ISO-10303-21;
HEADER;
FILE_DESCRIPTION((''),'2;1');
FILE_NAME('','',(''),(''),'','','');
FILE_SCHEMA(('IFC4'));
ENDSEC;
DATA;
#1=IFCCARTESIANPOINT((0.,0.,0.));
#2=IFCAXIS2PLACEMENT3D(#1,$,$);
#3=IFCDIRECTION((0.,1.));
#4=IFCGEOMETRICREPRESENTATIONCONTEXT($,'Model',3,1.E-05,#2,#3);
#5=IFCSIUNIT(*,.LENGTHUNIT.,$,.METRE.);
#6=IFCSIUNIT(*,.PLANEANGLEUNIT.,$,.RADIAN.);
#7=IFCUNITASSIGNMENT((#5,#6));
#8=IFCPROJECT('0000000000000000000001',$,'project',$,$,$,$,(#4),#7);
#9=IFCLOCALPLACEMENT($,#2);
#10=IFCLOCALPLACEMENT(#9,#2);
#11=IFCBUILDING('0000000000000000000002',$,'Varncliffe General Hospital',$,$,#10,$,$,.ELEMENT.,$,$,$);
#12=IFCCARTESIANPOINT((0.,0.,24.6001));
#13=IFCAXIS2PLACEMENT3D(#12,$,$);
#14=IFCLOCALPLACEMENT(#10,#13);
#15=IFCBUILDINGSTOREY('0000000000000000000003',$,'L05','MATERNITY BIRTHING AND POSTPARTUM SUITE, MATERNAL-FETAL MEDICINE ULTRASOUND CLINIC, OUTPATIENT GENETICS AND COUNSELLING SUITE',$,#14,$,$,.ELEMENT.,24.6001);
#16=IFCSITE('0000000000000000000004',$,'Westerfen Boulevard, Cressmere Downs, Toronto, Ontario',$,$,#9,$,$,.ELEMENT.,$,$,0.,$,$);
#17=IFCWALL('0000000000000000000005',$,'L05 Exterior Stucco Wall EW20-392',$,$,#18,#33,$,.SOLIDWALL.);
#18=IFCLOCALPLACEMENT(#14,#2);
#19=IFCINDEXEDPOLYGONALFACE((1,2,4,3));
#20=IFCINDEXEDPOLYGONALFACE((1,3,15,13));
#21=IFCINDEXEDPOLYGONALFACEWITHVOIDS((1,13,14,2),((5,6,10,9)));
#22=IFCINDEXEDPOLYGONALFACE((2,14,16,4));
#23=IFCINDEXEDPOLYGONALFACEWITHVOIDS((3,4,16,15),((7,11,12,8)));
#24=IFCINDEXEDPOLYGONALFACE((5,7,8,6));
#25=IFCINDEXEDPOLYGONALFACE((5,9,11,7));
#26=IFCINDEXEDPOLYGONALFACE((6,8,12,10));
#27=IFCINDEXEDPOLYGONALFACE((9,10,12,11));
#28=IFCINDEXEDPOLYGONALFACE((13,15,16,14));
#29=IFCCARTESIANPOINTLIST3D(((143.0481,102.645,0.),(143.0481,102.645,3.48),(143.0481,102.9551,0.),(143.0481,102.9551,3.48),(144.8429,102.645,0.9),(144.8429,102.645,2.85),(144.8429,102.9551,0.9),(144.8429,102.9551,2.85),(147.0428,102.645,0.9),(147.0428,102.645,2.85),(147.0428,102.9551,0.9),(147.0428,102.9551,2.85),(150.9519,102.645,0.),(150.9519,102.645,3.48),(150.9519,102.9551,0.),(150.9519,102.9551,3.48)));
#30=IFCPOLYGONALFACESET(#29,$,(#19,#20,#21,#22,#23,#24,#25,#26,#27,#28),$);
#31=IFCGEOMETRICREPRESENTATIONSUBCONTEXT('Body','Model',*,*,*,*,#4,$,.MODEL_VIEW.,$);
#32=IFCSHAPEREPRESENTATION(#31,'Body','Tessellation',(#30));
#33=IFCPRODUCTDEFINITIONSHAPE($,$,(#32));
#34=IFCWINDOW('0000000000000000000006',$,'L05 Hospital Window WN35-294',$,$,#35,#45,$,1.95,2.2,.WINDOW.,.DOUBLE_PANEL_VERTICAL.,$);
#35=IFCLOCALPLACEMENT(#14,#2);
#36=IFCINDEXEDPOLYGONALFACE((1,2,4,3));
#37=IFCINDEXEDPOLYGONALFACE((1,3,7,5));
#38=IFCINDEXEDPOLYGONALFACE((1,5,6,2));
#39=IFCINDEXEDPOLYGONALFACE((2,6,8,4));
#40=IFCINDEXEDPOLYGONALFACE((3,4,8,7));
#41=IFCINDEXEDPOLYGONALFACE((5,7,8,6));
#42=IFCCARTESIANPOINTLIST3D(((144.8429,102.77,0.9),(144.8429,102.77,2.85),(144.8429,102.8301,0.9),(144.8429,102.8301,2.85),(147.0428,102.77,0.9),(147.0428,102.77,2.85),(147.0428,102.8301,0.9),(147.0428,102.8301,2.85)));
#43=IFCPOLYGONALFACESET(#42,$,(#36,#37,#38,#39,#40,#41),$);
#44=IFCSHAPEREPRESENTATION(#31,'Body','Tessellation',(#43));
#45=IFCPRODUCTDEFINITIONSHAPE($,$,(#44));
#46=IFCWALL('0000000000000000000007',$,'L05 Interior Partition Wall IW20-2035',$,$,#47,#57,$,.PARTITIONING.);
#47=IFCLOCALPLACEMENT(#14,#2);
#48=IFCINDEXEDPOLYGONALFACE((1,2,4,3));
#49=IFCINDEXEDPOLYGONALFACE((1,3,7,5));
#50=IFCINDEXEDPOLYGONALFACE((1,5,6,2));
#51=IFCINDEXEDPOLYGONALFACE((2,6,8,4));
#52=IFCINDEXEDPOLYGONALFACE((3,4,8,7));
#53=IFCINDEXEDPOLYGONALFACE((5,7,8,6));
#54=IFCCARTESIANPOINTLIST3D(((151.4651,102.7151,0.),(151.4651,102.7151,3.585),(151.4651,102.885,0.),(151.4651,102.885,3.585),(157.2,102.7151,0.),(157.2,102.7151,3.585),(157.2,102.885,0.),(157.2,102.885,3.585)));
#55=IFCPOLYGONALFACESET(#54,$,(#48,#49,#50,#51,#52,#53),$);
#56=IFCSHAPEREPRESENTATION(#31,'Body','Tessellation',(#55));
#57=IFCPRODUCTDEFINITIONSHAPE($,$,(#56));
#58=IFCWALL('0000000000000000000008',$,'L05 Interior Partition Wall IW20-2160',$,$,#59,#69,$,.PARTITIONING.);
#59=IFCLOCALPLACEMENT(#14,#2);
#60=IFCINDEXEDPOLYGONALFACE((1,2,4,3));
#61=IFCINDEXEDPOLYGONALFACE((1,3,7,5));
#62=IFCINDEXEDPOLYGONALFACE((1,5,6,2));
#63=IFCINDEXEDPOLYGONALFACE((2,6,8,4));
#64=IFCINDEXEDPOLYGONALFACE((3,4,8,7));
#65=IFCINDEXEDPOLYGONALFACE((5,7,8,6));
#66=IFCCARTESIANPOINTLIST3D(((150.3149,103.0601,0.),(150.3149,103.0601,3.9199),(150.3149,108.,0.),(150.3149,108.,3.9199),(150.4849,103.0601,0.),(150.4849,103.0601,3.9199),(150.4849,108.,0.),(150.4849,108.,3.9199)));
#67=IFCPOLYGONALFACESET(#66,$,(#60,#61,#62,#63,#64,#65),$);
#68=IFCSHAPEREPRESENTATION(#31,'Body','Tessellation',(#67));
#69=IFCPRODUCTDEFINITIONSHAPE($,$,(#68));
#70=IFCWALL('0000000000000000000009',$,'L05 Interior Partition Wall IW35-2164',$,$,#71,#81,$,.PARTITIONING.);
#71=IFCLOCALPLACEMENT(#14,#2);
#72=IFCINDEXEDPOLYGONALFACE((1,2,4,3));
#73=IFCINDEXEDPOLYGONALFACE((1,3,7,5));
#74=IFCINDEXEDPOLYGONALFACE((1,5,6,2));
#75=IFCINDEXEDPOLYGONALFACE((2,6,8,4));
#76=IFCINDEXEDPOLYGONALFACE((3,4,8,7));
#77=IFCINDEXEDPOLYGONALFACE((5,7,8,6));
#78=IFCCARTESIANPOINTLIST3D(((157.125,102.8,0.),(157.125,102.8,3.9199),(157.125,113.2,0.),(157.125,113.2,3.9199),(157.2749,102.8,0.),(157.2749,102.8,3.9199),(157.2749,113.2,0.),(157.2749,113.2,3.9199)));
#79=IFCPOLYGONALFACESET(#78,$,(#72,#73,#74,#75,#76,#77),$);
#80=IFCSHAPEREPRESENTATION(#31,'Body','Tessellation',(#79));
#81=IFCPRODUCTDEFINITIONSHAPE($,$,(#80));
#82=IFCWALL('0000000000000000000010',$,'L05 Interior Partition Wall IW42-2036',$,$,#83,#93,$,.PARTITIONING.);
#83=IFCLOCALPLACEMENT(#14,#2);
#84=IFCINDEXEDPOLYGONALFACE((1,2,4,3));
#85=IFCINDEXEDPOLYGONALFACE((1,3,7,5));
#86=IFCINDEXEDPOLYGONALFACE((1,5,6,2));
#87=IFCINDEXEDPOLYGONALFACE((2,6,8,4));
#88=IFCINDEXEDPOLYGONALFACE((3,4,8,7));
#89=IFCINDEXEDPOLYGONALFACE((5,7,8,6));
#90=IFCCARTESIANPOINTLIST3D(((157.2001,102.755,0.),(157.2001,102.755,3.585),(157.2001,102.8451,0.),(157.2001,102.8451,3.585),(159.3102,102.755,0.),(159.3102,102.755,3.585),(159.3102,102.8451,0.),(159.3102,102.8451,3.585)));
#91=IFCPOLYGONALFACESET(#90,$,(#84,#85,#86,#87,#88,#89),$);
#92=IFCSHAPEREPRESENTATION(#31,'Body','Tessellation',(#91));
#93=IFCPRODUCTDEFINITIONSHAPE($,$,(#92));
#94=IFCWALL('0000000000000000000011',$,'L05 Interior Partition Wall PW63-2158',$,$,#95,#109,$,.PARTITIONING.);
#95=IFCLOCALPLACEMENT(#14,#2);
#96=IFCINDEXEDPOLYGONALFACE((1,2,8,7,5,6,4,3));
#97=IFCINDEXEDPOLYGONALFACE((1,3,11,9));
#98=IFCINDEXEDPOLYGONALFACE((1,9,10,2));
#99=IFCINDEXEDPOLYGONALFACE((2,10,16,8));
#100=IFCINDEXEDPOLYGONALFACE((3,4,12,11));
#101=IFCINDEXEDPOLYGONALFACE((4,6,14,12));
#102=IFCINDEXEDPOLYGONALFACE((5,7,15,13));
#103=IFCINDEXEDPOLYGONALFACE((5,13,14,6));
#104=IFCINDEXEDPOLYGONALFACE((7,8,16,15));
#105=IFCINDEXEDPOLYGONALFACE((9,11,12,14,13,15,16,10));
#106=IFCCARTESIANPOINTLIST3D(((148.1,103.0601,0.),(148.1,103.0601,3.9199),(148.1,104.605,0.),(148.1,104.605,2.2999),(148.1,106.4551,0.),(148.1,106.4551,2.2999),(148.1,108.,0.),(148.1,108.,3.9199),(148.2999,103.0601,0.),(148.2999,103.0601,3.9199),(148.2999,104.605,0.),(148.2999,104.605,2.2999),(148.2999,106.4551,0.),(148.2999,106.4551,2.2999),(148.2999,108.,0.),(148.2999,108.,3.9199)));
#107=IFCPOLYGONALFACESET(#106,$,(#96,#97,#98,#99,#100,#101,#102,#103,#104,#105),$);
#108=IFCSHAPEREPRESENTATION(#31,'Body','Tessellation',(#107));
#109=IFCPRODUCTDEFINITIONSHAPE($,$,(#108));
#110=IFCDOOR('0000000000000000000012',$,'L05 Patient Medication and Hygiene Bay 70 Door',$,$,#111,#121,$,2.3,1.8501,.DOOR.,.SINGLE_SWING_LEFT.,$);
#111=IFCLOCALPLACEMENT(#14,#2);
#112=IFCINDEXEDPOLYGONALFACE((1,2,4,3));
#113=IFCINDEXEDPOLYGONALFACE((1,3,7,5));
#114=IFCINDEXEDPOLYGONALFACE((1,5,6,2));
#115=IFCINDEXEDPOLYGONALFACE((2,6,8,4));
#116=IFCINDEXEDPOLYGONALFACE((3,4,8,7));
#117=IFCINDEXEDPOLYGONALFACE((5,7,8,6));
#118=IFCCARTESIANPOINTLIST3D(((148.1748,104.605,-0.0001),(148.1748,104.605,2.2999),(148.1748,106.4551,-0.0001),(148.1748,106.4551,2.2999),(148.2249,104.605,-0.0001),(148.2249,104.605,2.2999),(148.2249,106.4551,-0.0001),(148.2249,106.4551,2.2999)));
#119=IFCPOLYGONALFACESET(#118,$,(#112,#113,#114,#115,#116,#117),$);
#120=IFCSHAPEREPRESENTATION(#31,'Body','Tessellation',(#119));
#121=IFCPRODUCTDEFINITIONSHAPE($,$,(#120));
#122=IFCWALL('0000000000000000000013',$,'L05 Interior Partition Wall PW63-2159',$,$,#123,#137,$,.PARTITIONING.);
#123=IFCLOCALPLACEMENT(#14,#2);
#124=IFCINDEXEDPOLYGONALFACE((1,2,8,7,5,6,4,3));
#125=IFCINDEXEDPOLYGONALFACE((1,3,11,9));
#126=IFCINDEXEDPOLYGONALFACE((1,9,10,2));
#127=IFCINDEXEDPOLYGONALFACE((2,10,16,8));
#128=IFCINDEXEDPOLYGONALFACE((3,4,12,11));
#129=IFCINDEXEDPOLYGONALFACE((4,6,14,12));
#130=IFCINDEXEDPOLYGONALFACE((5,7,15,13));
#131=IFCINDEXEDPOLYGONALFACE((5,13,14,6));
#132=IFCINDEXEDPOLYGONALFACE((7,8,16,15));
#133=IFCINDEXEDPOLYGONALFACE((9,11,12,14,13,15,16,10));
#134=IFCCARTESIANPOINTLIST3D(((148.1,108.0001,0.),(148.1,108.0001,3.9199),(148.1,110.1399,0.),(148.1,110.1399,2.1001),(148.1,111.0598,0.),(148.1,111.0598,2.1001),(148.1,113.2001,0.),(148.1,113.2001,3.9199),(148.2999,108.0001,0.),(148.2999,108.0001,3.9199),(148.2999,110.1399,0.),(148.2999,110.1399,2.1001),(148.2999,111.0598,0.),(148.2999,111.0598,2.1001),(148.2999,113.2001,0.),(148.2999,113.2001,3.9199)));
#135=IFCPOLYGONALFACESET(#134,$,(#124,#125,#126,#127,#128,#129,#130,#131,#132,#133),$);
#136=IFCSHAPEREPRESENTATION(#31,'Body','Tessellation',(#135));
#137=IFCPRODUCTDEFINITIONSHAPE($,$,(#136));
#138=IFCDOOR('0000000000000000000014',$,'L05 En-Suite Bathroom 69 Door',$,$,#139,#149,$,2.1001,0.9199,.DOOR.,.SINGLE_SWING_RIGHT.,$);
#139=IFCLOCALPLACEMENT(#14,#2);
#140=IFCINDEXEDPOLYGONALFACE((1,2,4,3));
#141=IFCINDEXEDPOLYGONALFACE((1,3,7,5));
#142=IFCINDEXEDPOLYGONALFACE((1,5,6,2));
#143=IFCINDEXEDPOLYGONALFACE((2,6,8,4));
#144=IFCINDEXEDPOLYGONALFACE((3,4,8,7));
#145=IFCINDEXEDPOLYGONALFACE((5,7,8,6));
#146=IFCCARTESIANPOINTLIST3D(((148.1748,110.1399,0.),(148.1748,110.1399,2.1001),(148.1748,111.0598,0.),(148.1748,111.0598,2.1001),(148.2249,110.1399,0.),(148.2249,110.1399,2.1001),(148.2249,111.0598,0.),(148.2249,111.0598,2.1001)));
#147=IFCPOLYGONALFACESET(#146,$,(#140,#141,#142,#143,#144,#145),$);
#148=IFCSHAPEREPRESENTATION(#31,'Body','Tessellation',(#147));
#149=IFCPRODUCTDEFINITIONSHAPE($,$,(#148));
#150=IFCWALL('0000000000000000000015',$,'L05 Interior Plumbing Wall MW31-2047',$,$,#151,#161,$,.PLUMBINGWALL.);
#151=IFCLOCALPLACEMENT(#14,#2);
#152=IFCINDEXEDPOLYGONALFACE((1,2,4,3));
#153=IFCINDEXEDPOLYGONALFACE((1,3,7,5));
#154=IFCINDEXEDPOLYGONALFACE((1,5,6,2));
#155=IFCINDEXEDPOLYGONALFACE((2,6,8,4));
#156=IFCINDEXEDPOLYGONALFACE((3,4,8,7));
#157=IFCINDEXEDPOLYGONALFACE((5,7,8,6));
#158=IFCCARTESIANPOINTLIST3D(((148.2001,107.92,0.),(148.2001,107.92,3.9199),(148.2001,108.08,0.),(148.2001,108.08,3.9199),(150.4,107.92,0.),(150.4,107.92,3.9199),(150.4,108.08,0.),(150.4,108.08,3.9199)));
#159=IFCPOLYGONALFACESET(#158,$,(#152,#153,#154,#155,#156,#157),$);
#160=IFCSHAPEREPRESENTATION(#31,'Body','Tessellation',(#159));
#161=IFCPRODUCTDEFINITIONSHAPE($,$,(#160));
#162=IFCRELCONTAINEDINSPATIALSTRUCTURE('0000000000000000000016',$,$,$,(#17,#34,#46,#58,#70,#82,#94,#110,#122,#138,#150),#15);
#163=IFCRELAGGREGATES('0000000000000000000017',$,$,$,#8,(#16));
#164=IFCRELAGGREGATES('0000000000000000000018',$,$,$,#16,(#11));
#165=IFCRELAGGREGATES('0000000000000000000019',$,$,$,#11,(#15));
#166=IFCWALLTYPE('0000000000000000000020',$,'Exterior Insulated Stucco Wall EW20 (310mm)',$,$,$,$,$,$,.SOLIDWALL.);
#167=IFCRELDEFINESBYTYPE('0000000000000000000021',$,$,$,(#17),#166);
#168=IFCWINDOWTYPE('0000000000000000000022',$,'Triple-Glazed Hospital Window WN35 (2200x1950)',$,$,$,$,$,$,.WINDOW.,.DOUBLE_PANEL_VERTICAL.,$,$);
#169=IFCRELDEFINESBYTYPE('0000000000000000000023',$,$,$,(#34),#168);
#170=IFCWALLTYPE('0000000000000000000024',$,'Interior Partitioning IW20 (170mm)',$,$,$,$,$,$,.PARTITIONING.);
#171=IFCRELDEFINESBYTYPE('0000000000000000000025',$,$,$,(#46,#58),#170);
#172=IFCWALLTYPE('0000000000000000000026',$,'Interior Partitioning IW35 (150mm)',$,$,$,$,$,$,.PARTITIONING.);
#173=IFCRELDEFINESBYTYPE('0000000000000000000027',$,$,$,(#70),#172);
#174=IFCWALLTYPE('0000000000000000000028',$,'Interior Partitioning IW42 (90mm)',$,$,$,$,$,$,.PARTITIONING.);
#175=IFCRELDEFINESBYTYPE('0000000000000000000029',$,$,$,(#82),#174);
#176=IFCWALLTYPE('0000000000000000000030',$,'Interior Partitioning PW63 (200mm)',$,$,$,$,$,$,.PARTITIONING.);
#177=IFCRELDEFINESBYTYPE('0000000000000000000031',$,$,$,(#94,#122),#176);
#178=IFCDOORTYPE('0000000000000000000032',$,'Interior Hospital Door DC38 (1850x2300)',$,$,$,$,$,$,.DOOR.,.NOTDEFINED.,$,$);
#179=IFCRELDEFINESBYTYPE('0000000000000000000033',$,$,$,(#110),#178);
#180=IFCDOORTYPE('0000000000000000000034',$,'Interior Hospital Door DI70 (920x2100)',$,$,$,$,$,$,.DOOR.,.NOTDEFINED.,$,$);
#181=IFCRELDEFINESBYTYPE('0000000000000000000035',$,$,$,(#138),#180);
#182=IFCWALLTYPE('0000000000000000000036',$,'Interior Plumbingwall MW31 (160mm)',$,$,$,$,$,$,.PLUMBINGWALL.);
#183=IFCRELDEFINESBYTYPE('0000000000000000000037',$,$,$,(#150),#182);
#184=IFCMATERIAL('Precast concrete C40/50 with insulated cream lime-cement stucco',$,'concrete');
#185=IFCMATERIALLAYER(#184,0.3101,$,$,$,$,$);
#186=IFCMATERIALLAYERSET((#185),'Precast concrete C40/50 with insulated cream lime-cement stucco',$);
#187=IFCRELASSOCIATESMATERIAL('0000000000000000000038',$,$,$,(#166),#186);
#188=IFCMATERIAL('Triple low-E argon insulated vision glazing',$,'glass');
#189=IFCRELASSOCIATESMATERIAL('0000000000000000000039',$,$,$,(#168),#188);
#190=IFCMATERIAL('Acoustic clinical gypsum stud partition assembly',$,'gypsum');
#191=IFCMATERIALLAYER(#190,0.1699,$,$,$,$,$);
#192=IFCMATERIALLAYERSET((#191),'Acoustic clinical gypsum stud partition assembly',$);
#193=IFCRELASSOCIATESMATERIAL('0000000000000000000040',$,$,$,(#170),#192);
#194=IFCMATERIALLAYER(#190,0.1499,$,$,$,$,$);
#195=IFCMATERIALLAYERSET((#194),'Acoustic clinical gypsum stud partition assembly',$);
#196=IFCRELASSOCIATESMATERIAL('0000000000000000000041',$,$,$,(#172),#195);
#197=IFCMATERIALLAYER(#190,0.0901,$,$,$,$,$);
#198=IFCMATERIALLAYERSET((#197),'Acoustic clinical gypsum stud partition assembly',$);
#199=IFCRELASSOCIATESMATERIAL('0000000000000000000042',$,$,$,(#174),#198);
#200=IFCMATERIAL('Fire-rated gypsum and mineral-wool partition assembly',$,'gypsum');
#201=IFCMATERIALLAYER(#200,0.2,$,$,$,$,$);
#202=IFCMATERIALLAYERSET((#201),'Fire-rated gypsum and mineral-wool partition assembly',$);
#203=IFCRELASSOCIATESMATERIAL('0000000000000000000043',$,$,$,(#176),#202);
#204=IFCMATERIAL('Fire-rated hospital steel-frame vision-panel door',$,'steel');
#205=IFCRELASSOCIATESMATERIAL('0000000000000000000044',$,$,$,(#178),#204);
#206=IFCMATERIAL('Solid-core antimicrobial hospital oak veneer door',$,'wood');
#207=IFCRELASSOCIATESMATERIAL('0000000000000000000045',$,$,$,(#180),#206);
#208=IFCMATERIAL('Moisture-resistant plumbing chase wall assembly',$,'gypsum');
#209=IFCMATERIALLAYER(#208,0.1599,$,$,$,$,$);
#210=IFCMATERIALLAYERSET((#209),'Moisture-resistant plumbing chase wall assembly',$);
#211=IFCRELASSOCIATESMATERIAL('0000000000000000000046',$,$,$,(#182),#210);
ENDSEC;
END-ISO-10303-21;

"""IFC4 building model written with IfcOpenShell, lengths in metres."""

from ifc_helpers import new_model, si_unit, direction, frame, frame_2d, origin, place, context, subcontext, project, spatial, rectangle, extrude, material, layer, layer_set, type_object, element, fill, save


model = new_model("IFC4")

# Units and contexts
model_context = context("Model", 3, precision=1e-05, world=origin(), true_north=direction((0.0, 1.0)))
body_context = subcontext(model_context, "Body", "Model", "MODEL_VIEW")
ifc_project = project(units=[si_unit("LENGTHUNIT", "METRE"), si_unit("PLANEANGLEUNIT", "RADIAN")], contexts=[model_context])

# Site, building, storey
site_placement = place(None, origin())
site = spatial("IfcSite", under=ifc_project, at=site_placement, Name="Westerfen Boulevard, Cressmere Downs, Toronto, Ontario", CompositionType="ELEMENT", RefElevation=0.0)
building_placement = place(site_placement, origin())
building = spatial("IfcBuilding", under=site, at=building_placement, Name="Varncliffe General Hospital", CompositionType="ELEMENT")
storey_placement = place(building_placement, frame((0.0, 0.0, 24.6001)))
storey = spatial("IfcBuildingStorey", under=building, at=storey_placement, Name="L05", Description="MATERNITY BIRTHING AND POSTPARTUM SUITE, MATERNAL-FETAL MEDICINE ULTRASOUND CLINIC, OUTPATIENT GENETICS AND COUNSELLING SUITE", CompositionType="ELEMENT", Elevation=24.6001)

# Wall, opening, window
ifc_material_1 = material(Name="Precast concrete C40/50 with insulated cream lime-cement stucco", Category="concrete")
ifc_layer_1 = layer(ifc_material_1, 0.3101)
ifc_layer_set_1 = layer_set([ifc_layer_1], Name="Precast concrete C40/50 with insulated cream lime-cement stucco")
wall_type_1 = type_object("IfcWallType", Name="Exterior Insulated Stucco Wall EW20 (310mm)", PredefinedType="SOLIDWALL", material=ifc_layer_set_1)
wall_1_placement = place(storey_placement, frame((150.9519, 102.8, 0.0), z_axis=(0.0, 0.0, 1.0), x_axis=(-1.0, 0.0, 0.0)))
wall_1 = element("IfcWall", 1, at=wall_1_placement, inside=storey, type_object=wall_type_1, Name="L05 Exterior Stucco Wall EW20-392", PredefinedType="SOLIDWALL", context=body_context, shape_type="SweptSolid", body=[
    extrude(rectangle(XDim=7.9038, YDim=0.3101, at=frame_2d((3.9519, 0.0))), origin(), (0.0, 0.0, 1.0), 3.48),
])
opening_1_placement = place(wall_1_placement, frame((3.9089, 0.0, 0.8999)))
opening_1 = element("IfcOpeningElement", 2, at=opening_1_placement, cuts=wall_1, PredefinedType="OPENING", context=body_context, shape_type="SweptSolid", body=[
    extrude(rectangle(XDim=2.2, YDim=1.95, at=frame_2d((1.1001, 0.9751))), frame((0.0, 0.165, 0.0), z_axis=(0.0, -1.0, 0.0), x_axis=(1.0, 0.0, 0.0)), (0.0, 0.0, 1.0), 0.3301),
])
ifc_material_2 = material(Name="Triple low-E argon insulated vision glazing", Category="glass")
window_type = type_object("IfcWindowType", Name="Triple-Glazed Hospital Window WN35 (2200x1950)", PartitioningType="DOUBLE_PANEL_VERTICAL", PredefinedType="WINDOW", material=ifc_material_2)
window_placement = place(opening_1_placement, origin())
window = element("IfcWindow", 3, at=window_placement, inside=storey, type_object=window_type, Name="L05 Hospital Window WN35-294", OverallHeight=1.95, OverallWidth=2.2, PartitioningType="DOUBLE_PANEL_VERTICAL", PredefinedType="WINDOW", context=body_context, shape_type="SweptSolid", body=[
    extrude(rectangle(XDim=2.2, YDim=1.95, at=frame_2d((1.1001, 0.9751))), frame((0.0, 0.03, 0.0), z_axis=(0.0, -1.0, 0.0), x_axis=(1.0, 0.0, 0.0)), (0.0, 0.0, 1.0), 0.0601),
])
fill(opening_1, window)

# Walls
ifc_material_3 = material(Name="Acoustic clinical gypsum stud partition assembly", Category="gypsum")
ifc_layer_2 = layer(ifc_material_3, 0.1699)
ifc_layer_set_2 = layer_set([ifc_layer_2], Name="Acoustic clinical gypsum stud partition assembly")
wall_type_2 = type_object("IfcWallType", Name="Interior Partitioning IW20 (170mm)", PredefinedType="PARTITIONING", material=ifc_layer_set_2)
wall_2_placement = place(storey_placement, frame((151.4651, 102.8, 0.0), z_axis=(0.0, 0.0, 1.0), x_axis=(1.0, 0.0, 0.0)))
element("IfcWall", 4, at=wall_2_placement, inside=storey, type_object=wall_type_2, Name="L05 Interior Partition Wall IW20-2035", PredefinedType="PARTITIONING", context=body_context, shape_type="SweptSolid", body=[
    extrude(rectangle(XDim=5.7349, YDim=0.1699, at=frame_2d((2.8674, 0.0))), origin(), (0.0, 0.0, 1.0), 3.585),
])
wall_3_placement = place(storey_placement, frame((150.3999, 103.0601, 0.0), z_axis=(0.0, 0.0, 1.0), x_axis=(0.0, 1.0, 0.0)))
element("IfcWall", 5, at=wall_3_placement, inside=storey, type_object=wall_type_2, Name="L05 Interior Partition Wall IW20-2160", PredefinedType="PARTITIONING", context=body_context, shape_type="SweptSolid", body=[
    extrude(rectangle(XDim=4.9399, YDim=0.1699, at=frame_2d((2.47, 0.0))), origin(), (0.0, 0.0, 1.0), 3.9199),
])
ifc_layer_3 = layer(ifc_material_3, 0.1499)
ifc_layer_set_3 = layer_set([ifc_layer_3], Name="Acoustic clinical gypsum stud partition assembly")
wall_type_3 = type_object("IfcWallType", Name="Interior Partitioning IW35 (150mm)", PredefinedType="PARTITIONING", material=ifc_layer_set_3)
wall_4_placement = place(storey_placement, frame((157.2, 102.8, 0.0), z_axis=(0.0, 0.0, 1.0), x_axis=(0.0, 1.0, 0.0)))
element("IfcWall", 6, at=wall_4_placement, inside=storey, type_object=wall_type_3, Name="L05 Interior Partition Wall IW35-2164", PredefinedType="PARTITIONING", context=body_context, shape_type="SweptSolid", body=[
    extrude(rectangle(XDim=10.3999, YDim=0.1499, at=frame_2d((5.2, 0.0))), origin(), (0.0, 0.0, 1.0), 3.9199),
])
ifc_layer_4 = layer(ifc_material_3, 0.0901)
ifc_layer_set_4 = layer_set([ifc_layer_4], Name="Acoustic clinical gypsum stud partition assembly")
wall_type_4 = type_object("IfcWallType", Name="Interior Partitioning IW42 (90mm)", PredefinedType="PARTITIONING", material=ifc_layer_set_4)
wall_5_placement = place(storey_placement, frame((157.2, 102.8, 0.0), z_axis=(0.0, 0.0, 1.0), x_axis=(1.0, 0.0, 0.0)))
element("IfcWall", 7, at=wall_5_placement, inside=storey, type_object=wall_type_4, Name="L05 Interior Partition Wall IW42-2036", PredefinedType="PARTITIONING", context=body_context, shape_type="SweptSolid", body=[
    extrude(rectangle(XDim=2.1101, YDim=0.0901, at=frame_2d((1.0552, 0.0))), origin(), (0.0, 0.0, 1.0), 3.585),
])

# Walls, openings, doors
ifc_material_4 = material(Name="Fire-rated gypsum and mineral-wool partition assembly", Category="gypsum")
ifc_layer_5 = layer(ifc_material_4, 0.2)
ifc_layer_set_5 = layer_set([ifc_layer_5], Name="Fire-rated gypsum and mineral-wool partition assembly")
wall_type_5 = type_object("IfcWallType", Name="Interior Partitioning PW63 (200mm)", PredefinedType="PARTITIONING", material=ifc_layer_set_5)
wall_6_placement = place(storey_placement, frame((148.2, 103.0601, 0.0), z_axis=(0.0, 0.0, 1.0), x_axis=(0.0, 1.0, 0.0)))
wall_6 = element("IfcWall", 8, at=wall_6_placement, inside=storey, type_object=wall_type_5, Name="L05 Interior Partition Wall PW63-2158", PredefinedType="PARTITIONING", context=body_context, shape_type="SweptSolid", body=[
    extrude(rectangle(XDim=4.9399, YDim=0.2, at=frame_2d((2.47, 0.0))), origin(), (0.0, 0.0, 1.0), 3.9199),
])
opening_2_placement = place(wall_6_placement, frame((1.5449, 0.0, 0.0)))
opening_2 = element("IfcOpeningElement", 9, at=opening_2_placement, cuts=wall_6, PredefinedType="OPENING", context=body_context, shape_type="SweptSolid", body=[
    extrude(rectangle(XDim=1.8501, YDim=2.3, at=frame_2d((0.925, 1.1499))), frame((0.0, 0.1099, 0.0), z_axis=(0.0, -1.0, 0.0), x_axis=(1.0, 0.0, 0.0)), (0.0, 0.0, 1.0), 0.22),
])
ifc_material_5 = material(Name="Fire-rated hospital steel-frame vision-panel door", Category="steel")
door_type_1 = type_object("IfcDoorType", Name="Interior Hospital Door DC38 (1850x2300)", OperationType="NOTDEFINED", PredefinedType="DOOR", material=ifc_material_5)
door_1_placement = place(opening_2_placement, frame((1.8501, 0.0, 0.0), z_axis=(0.0, 0.0, 1.0), x_axis=(-1.0, 0.0, 0.0)))
door_1 = element("IfcDoor", 10, at=door_1_placement, inside=storey, type_object=door_type_1, Name="L05 Patient Medication and Hygiene Bay 70 Door", OperationType="SINGLE_SWING_LEFT", OverallHeight=2.3, OverallWidth=1.8501, PredefinedType="DOOR", context=body_context, shape_type="SweptSolid", body=[
    extrude(rectangle(XDim=1.8501, YDim=2.3, at=frame_2d((0.925, 1.1499))), frame((0.0, 0.0249, 0.0), z_axis=(0.0, -1.0, 0.0), x_axis=(1.0, 0.0, 0.0)), (0.0, 0.0, 1.0), 0.05),
])
fill(opening_2, door_1)
wall_7_placement = place(storey_placement, frame((148.2, 108.0, 0.0), z_axis=(0.0, 0.0, 1.0), x_axis=(0.0, 1.0, 0.0)))
wall_7 = element("IfcWall", 11, at=wall_7_placement, inside=storey, type_object=wall_type_5, Name="L05 Interior Partition Wall PW63-2159", PredefinedType="PARTITIONING", context=body_context, shape_type="SweptSolid", body=[
    extrude(rectangle(XDim=5.2, YDim=0.2, at=frame_2d((2.6001, 0.0))), origin(), (0.0, 0.0, 1.0), 3.9199),
])
opening_3_placement = place(wall_7_placement, frame((2.1399, 0.0, 0.0)))
opening_3 = element("IfcOpeningElement", 12, at=opening_3_placement, cuts=wall_7, PredefinedType="OPENING", context=body_context, shape_type="SweptSolid", body=[
    extrude(rectangle(XDim=0.9199, YDim=2.1001, at=frame_2d((0.46, 1.05))), frame((0.0, 0.1099, 0.0), z_axis=(0.0, -1.0, 0.0), x_axis=(1.0, 0.0, 0.0)), (0.0, 0.0, 1.0), 0.22),
])
ifc_material_6 = material(Name="Solid-core antimicrobial hospital oak veneer door", Category="wood")
door_type_2 = type_object("IfcDoorType", Name="Interior Hospital Door DI70 (920x2100)", OperationType="NOTDEFINED", PredefinedType="DOOR", material=ifc_material_6)
door_2_placement = place(opening_3_placement, frame((0.9199, 0.0, 0.0), z_axis=(0.0, 0.0, 1.0), x_axis=(-1.0, 0.0, 0.0)))
door_2 = element("IfcDoor", 13, at=door_2_placement, inside=storey, type_object=door_type_2, Name="L05 En-Suite Bathroom 69 Door", OperationType="SINGLE_SWING_RIGHT", OverallHeight=2.1001, OverallWidth=0.9199, PredefinedType="DOOR", context=body_context, shape_type="SweptSolid", body=[
    extrude(rectangle(XDim=0.9199, YDim=2.1001, at=frame_2d((0.46, 1.05))), frame((0.0, 0.0249, 0.0), z_axis=(0.0, -1.0, 0.0), x_axis=(1.0, 0.0, 0.0)), (0.0, 0.0, 1.0), 0.05),
])
fill(opening_3, door_2)

# Wall
ifc_material_7 = material(Name="Moisture-resistant plumbing chase wall assembly", Category="gypsum")
ifc_layer_6 = layer(ifc_material_7, 0.1599)
ifc_layer_set_6 = layer_set([ifc_layer_6], Name="Moisture-resistant plumbing chase wall assembly")
wall_type_6 = type_object("IfcWallType", Name="Interior Plumbingwall MW31 (160mm)", PredefinedType="PLUMBINGWALL", material=ifc_layer_set_6)
wall_8_placement = place(storey_placement, frame((148.2, 108.0, 0.0), z_axis=(0.0, 0.0, 1.0), x_axis=(1.0, 0.0, 0.0)))
element("IfcWall", 14, at=wall_8_placement, inside=storey, type_object=wall_type_6, Name="L05 Interior Plumbing Wall MW31-2047", PredefinedType="PLUMBINGWALL", context=body_context, shape_type="SweptSolid", body=[
    extrude(rectangle(XDim=2.2, YDim=0.1599, at=frame_2d((1.1001, 0.0))), origin(), (0.0, 0.0, 1.0), 3.9199),
])

save(model, "model.ifc")
